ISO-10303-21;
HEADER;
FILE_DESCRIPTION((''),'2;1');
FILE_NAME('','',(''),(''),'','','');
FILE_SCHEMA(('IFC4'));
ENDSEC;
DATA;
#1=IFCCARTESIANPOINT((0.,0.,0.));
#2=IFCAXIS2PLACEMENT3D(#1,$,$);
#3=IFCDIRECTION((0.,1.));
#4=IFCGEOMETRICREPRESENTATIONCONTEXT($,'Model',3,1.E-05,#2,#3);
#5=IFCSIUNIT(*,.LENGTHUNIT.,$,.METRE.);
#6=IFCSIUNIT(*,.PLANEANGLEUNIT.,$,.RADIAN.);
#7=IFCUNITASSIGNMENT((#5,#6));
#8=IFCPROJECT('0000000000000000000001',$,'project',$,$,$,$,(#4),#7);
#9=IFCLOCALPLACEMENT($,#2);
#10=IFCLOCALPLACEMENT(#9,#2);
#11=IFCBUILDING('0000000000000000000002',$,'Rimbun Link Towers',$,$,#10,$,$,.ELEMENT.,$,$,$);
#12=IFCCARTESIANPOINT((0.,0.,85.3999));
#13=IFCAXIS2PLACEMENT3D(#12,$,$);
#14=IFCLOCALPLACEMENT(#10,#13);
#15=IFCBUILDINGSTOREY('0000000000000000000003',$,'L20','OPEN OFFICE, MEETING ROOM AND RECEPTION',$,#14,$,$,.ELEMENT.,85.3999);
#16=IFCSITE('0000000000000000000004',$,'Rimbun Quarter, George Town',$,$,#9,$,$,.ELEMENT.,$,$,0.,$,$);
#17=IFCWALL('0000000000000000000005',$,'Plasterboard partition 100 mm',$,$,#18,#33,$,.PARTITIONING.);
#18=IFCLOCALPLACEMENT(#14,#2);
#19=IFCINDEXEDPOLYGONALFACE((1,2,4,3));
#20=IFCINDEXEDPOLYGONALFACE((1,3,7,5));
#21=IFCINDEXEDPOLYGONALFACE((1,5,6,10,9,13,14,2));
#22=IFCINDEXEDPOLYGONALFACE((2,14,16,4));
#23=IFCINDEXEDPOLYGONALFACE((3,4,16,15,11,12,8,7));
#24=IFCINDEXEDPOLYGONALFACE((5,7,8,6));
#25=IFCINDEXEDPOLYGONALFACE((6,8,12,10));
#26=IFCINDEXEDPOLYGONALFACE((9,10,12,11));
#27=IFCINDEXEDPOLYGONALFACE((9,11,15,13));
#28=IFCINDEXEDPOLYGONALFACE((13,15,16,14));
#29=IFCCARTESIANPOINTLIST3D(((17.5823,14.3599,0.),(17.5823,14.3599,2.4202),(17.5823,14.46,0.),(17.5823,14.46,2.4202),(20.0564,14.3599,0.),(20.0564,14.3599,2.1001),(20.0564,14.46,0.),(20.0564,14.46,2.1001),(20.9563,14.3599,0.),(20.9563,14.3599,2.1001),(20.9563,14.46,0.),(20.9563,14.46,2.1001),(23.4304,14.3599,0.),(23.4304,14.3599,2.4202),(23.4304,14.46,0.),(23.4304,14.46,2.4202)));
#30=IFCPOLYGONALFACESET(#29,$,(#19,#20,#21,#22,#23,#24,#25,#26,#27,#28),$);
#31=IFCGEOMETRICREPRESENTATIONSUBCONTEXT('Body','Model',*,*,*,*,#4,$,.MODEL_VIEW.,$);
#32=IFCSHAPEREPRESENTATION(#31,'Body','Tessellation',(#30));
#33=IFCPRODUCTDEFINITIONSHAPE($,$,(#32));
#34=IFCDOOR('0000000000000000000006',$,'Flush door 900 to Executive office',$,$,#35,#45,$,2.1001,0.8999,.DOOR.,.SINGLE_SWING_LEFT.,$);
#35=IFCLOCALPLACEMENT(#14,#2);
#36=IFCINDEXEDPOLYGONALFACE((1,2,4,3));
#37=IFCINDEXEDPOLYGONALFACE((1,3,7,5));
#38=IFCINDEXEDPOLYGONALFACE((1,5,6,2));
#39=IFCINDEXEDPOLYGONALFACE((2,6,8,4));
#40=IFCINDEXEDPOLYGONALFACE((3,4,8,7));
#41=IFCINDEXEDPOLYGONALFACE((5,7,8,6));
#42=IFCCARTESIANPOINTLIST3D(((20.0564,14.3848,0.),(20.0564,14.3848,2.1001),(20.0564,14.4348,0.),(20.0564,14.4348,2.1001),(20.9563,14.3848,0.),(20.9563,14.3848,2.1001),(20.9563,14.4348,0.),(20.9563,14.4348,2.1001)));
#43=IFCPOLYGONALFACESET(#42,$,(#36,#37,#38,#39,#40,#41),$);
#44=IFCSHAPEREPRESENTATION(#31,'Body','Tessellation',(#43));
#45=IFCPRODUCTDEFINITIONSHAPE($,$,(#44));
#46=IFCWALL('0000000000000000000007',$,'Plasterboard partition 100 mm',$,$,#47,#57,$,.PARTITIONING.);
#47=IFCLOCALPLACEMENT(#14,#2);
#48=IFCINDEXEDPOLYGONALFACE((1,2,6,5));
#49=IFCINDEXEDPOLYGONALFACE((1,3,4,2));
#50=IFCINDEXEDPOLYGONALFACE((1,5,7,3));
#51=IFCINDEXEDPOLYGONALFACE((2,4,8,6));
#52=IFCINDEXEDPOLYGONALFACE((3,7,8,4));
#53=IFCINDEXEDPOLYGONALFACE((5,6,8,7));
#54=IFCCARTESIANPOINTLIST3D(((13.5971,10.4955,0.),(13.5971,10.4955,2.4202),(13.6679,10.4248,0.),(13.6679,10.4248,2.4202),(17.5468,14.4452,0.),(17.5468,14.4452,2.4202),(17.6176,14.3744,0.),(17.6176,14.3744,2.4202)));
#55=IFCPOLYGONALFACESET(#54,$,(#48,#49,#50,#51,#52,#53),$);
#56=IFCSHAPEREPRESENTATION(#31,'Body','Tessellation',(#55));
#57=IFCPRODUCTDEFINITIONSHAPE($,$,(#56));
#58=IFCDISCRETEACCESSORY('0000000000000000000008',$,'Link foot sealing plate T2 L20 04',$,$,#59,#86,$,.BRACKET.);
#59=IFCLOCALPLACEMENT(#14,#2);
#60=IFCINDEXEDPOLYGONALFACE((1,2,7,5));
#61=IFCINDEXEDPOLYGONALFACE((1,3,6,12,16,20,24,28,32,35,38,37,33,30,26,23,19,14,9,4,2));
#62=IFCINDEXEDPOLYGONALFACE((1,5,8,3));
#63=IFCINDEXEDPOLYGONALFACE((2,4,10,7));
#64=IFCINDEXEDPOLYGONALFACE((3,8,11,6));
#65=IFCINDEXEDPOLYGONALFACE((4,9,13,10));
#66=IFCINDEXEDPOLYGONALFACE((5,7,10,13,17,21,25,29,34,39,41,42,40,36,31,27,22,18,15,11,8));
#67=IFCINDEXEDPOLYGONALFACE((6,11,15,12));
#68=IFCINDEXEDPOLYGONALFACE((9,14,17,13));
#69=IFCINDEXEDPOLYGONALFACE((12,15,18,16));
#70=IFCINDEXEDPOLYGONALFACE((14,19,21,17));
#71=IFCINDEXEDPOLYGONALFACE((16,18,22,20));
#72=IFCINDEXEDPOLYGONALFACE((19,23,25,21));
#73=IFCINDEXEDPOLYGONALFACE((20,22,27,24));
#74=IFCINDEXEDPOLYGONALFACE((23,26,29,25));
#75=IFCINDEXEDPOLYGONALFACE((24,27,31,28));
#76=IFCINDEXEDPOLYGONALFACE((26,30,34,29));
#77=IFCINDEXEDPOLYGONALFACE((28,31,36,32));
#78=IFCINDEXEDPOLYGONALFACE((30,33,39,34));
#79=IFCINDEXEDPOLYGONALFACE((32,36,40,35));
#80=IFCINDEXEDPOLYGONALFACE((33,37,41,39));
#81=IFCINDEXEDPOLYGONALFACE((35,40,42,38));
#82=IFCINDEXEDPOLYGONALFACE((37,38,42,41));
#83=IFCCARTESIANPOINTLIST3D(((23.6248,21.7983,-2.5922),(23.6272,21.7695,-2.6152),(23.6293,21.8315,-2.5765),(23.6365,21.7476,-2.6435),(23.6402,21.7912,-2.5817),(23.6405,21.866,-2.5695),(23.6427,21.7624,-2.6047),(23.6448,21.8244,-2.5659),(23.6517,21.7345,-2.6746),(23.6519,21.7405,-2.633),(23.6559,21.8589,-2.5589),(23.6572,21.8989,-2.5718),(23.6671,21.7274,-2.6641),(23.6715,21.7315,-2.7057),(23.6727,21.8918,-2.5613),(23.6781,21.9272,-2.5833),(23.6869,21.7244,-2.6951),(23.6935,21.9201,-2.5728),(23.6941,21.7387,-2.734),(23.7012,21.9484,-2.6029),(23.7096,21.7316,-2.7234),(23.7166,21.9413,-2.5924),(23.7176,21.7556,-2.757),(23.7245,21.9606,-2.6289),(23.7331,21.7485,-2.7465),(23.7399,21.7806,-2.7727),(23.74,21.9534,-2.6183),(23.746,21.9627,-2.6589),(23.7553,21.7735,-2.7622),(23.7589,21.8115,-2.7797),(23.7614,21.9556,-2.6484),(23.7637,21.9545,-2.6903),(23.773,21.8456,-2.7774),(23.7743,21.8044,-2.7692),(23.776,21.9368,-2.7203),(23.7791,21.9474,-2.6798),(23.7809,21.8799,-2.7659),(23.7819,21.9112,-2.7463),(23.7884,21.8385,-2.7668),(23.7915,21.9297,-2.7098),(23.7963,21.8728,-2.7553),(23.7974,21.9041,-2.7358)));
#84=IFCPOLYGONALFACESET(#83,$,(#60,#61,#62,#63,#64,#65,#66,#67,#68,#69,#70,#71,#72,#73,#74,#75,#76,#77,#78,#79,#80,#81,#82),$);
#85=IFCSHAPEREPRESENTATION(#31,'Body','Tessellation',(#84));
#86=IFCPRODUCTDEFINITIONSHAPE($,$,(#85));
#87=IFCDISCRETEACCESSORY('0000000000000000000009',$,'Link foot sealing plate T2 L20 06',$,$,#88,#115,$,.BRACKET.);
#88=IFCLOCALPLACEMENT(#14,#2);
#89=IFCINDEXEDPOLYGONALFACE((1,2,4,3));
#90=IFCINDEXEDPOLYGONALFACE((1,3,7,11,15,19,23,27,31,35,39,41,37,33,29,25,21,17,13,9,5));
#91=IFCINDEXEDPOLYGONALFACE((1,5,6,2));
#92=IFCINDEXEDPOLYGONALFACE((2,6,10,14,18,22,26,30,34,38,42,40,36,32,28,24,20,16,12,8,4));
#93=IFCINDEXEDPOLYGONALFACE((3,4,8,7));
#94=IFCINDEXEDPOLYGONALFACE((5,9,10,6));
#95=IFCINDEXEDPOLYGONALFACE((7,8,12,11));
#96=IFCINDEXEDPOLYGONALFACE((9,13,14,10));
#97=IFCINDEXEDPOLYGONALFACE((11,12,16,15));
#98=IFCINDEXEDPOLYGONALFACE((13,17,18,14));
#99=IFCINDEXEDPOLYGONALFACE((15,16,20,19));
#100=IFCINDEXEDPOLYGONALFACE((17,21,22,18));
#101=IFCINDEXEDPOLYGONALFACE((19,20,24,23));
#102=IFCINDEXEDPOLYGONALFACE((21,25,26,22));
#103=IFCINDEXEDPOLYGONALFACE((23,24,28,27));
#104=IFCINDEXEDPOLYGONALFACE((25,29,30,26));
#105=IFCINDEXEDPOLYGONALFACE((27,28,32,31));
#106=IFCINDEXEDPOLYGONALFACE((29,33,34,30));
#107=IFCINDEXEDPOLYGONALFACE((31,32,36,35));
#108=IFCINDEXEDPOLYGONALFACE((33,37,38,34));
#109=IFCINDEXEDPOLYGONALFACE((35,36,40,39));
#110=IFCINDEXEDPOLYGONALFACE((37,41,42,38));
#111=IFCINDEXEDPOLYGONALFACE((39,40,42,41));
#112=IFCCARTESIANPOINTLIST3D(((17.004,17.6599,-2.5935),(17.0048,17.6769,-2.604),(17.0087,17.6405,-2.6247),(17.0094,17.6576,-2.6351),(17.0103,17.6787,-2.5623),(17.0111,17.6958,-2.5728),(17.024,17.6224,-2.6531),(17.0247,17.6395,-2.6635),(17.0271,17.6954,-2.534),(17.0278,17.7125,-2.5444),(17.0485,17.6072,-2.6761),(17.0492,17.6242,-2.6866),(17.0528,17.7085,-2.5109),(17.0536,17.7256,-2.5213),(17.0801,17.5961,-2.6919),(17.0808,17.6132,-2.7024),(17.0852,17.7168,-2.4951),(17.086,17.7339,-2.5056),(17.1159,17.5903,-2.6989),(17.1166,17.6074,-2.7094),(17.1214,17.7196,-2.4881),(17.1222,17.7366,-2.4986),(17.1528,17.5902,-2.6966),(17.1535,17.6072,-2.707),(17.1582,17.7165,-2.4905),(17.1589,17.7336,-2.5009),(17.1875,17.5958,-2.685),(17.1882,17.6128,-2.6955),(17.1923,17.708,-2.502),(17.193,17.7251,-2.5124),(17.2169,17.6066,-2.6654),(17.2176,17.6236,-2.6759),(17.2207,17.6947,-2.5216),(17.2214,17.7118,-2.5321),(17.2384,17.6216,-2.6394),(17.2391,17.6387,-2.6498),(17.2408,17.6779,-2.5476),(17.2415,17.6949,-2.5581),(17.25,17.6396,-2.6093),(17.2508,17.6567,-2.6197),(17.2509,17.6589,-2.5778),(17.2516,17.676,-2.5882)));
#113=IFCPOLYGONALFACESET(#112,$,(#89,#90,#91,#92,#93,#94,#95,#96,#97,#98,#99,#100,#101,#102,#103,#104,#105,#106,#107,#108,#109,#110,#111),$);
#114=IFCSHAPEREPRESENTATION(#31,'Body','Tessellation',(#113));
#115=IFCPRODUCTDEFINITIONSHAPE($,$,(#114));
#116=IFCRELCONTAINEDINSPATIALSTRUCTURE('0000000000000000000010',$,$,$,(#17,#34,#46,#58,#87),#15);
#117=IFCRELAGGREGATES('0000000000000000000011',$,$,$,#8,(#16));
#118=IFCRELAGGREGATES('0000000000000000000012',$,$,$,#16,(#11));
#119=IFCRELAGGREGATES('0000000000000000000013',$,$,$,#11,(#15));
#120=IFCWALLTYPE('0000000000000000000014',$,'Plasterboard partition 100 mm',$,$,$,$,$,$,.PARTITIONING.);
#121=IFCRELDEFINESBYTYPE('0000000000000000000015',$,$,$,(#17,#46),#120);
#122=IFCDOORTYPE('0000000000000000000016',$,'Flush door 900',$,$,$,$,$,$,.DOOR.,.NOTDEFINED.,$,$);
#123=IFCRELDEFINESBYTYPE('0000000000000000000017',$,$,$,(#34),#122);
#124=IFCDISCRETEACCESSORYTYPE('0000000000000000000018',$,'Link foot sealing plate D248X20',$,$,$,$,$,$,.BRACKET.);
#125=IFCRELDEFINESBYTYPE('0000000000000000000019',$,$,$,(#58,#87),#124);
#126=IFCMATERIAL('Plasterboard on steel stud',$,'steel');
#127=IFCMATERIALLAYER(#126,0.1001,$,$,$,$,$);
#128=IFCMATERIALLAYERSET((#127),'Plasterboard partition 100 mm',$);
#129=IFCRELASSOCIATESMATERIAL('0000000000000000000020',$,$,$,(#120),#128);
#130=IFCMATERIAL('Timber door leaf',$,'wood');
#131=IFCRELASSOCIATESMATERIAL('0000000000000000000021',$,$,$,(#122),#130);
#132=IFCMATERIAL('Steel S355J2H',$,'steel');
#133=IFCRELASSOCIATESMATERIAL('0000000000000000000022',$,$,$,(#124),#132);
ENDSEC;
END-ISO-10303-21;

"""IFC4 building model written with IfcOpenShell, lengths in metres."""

from ifc_helpers import new_model, si_unit, direction, frame, frame_2d, origin, origin_2d, place, context, subcontext, project, spatial, rectangle, circle, extrude, material, layer, layer_set, material_profile, profile_set, type_object, element, fill, save


model = new_model("IFC4")

# Units and contexts
model_context = context("Model", 3, precision=1e-05, world=origin(), true_north=direction((0.0, 1.0)))
body_context = subcontext(model_context, "Body", "Model", "MODEL_VIEW")
ifc_project = project(units=[si_unit("LENGTHUNIT", "METRE"), si_unit("PLANEANGLEUNIT", "RADIAN")], contexts=[model_context])

# Site, building, storey
site_placement = place(None, origin())
site = spatial("IfcSite", under=ifc_project, at=site_placement, Name="Rimbun Quarter, George Town", CompositionType="ELEMENT", RefElevation=0.0)
building_placement = place(site_placement, origin())
building = spatial("IfcBuilding", under=site, at=building_placement, Name="Rimbun Link Towers", CompositionType="ELEMENT")
storey_placement = place(building_placement, frame((0.0, 0.0, 85.3999)))
storey = spatial("IfcBuildingStorey", under=building, at=storey_placement, Name="L20", Description="OPEN OFFICE, MEETING ROOM AND RECEPTION", CompositionType="ELEMENT", Elevation=85.3999)

# Wall, opening, door
ifc_material_1 = material(Name="Plasterboard on steel stud", Category="steel")
ifc_layer_1 = layer(ifc_material_1, 0.1001)
ifc_layer_set_1 = layer_set([ifc_layer_1], Name="Plasterboard partition 100 mm")
wall_type = type_object("IfcWallType", Name="Plasterboard partition 100 mm", PredefinedType="PARTITIONING", material=ifc_layer_set_1)
wall_1_placement = place(storey_placement, frame((17.5823, 14.4099, 0.0), z_axis=(0.0, 0.0, 1.0), x_axis=(1.0, 0.0, 0.0)))
wall_1 = element("IfcWall", 1, at=wall_1_placement, inside=storey, type_object=wall_type, Name="Plasterboard partition 100 mm", PredefinedType="PARTITIONING", context=body_context, shape_type="SweptSolid", body=[
    extrude(rectangle(XDim=5.8481, YDim=0.1001, at=frame_2d((2.9241, 0.0))), origin(), (0.0, 0.0, 1.0), 2.4202),
])
opening_placement = place(wall_1_placement, frame((2.4741, 0.0, 0.0)))
opening = element("IfcOpeningElement", 2, at=opening_placement, cuts=wall_1, PredefinedType="OPENING", context=body_context, shape_type="SweptSolid", body=[
    extrude(rectangle(XDim=0.8999, YDim=2.1001, at=frame_2d((0.45, 1.05))), frame((0.0, 0.0601, 0.0), z_axis=(0.0, -1.0, 0.0), x_axis=(1.0, 0.0, 0.0)), (0.0, 0.0, 1.0), 0.1201),
])
ifc_material_2 = material(Name="Timber door leaf", Category="wood")
door_type = type_object("IfcDoorType", Name="Flush door 900", OperationType="NOTDEFINED", PredefinedType="DOOR", material=ifc_material_2)
door_placement = place(opening_placement, origin())
door = element("IfcDoor", 3, at=door_placement, inside=storey, type_object=door_type, Name="Flush door 900 to Executive office", OperationType="SINGLE_SWING_LEFT", OverallHeight=2.1001, OverallWidth=0.8999, PredefinedType="DOOR", context=body_context, shape_type="SweptSolid", body=[
    extrude(rectangle(XDim=0.8999, YDim=2.1001, at=frame_2d((0.45, 1.05))), frame((0.0, 0.0249, 0.0), z_axis=(0.0, -1.0, 0.0), x_axis=(1.0, 0.0, 0.0)), (0.0, 0.0, 1.0), 0.05),
])
fill(opening, door)

# Wall
wall_2_placement = place(storey_placement, frame((17.5823, 14.4099, 0.0), z_axis=(0.0, 0.0, 1.0), x_axis=(-0.707107, -0.707107, 0.0)))
element("IfcWall", 4, at=wall_2_placement, inside=storey, type_object=wall_type, Name="Plasterboard partition 100 mm", PredefinedType="PARTITIONING", context=body_context, shape_type="SweptSolid", body=[
    extrude(rectangle(XDim=5.5857, YDim=0.1001, at=frame_2d((2.793, 0.0))), origin(), (0.0, 0.0, 1.0), 2.4202),
])

# Discrete accessories
ifc_material_3 = material(Name="Steel S355J2H", Category="steel")
ifc_material_profile_1 = material_profile(ifc_material_3, circle(Radius=0.124, at=origin_2d()), Name="PL D248")
ifc_profile_set_1 = profile_set([ifc_material_profile_1], Name="Steel S355J2H")
discrete_accessory_type = type_object("IfcDiscreteAccessoryType", Name="Link foot sealing plate D248X20", PredefinedType="BRACKET", material=ifc_profile_set_1)
for number, where, z_axis, x_axis, name in (
    (5, (23.719, 21.8401, -2.6641), (-0.772033, 0.35538, -0.526943), (-0.418144, -0.908381, 0.0), "Link foot sealing plate T2 L20 04"),
    (6, (17.1279, 17.6545, -2.5935), (0.036493, 0.851508, -0.523069), (-0.999083, 0.042818, 0.0), "Link foot sealing plate T2 L20 06"),
):
    element("IfcDiscreteAccessory", number, at=place(storey_placement, frame(where, z_axis=z_axis, x_axis=x_axis)), inside=storey, type_object=discrete_accessory_type, Name=name, PredefinedType="BRACKET", context=body_context, shape_type="SweptSolid", body=[
        extrude(circle(Radius=0.124, at=origin_2d()), origin(), (0.0, 0.0, 1.0), 0.02),
    ])

save(model, "model.ifc")
